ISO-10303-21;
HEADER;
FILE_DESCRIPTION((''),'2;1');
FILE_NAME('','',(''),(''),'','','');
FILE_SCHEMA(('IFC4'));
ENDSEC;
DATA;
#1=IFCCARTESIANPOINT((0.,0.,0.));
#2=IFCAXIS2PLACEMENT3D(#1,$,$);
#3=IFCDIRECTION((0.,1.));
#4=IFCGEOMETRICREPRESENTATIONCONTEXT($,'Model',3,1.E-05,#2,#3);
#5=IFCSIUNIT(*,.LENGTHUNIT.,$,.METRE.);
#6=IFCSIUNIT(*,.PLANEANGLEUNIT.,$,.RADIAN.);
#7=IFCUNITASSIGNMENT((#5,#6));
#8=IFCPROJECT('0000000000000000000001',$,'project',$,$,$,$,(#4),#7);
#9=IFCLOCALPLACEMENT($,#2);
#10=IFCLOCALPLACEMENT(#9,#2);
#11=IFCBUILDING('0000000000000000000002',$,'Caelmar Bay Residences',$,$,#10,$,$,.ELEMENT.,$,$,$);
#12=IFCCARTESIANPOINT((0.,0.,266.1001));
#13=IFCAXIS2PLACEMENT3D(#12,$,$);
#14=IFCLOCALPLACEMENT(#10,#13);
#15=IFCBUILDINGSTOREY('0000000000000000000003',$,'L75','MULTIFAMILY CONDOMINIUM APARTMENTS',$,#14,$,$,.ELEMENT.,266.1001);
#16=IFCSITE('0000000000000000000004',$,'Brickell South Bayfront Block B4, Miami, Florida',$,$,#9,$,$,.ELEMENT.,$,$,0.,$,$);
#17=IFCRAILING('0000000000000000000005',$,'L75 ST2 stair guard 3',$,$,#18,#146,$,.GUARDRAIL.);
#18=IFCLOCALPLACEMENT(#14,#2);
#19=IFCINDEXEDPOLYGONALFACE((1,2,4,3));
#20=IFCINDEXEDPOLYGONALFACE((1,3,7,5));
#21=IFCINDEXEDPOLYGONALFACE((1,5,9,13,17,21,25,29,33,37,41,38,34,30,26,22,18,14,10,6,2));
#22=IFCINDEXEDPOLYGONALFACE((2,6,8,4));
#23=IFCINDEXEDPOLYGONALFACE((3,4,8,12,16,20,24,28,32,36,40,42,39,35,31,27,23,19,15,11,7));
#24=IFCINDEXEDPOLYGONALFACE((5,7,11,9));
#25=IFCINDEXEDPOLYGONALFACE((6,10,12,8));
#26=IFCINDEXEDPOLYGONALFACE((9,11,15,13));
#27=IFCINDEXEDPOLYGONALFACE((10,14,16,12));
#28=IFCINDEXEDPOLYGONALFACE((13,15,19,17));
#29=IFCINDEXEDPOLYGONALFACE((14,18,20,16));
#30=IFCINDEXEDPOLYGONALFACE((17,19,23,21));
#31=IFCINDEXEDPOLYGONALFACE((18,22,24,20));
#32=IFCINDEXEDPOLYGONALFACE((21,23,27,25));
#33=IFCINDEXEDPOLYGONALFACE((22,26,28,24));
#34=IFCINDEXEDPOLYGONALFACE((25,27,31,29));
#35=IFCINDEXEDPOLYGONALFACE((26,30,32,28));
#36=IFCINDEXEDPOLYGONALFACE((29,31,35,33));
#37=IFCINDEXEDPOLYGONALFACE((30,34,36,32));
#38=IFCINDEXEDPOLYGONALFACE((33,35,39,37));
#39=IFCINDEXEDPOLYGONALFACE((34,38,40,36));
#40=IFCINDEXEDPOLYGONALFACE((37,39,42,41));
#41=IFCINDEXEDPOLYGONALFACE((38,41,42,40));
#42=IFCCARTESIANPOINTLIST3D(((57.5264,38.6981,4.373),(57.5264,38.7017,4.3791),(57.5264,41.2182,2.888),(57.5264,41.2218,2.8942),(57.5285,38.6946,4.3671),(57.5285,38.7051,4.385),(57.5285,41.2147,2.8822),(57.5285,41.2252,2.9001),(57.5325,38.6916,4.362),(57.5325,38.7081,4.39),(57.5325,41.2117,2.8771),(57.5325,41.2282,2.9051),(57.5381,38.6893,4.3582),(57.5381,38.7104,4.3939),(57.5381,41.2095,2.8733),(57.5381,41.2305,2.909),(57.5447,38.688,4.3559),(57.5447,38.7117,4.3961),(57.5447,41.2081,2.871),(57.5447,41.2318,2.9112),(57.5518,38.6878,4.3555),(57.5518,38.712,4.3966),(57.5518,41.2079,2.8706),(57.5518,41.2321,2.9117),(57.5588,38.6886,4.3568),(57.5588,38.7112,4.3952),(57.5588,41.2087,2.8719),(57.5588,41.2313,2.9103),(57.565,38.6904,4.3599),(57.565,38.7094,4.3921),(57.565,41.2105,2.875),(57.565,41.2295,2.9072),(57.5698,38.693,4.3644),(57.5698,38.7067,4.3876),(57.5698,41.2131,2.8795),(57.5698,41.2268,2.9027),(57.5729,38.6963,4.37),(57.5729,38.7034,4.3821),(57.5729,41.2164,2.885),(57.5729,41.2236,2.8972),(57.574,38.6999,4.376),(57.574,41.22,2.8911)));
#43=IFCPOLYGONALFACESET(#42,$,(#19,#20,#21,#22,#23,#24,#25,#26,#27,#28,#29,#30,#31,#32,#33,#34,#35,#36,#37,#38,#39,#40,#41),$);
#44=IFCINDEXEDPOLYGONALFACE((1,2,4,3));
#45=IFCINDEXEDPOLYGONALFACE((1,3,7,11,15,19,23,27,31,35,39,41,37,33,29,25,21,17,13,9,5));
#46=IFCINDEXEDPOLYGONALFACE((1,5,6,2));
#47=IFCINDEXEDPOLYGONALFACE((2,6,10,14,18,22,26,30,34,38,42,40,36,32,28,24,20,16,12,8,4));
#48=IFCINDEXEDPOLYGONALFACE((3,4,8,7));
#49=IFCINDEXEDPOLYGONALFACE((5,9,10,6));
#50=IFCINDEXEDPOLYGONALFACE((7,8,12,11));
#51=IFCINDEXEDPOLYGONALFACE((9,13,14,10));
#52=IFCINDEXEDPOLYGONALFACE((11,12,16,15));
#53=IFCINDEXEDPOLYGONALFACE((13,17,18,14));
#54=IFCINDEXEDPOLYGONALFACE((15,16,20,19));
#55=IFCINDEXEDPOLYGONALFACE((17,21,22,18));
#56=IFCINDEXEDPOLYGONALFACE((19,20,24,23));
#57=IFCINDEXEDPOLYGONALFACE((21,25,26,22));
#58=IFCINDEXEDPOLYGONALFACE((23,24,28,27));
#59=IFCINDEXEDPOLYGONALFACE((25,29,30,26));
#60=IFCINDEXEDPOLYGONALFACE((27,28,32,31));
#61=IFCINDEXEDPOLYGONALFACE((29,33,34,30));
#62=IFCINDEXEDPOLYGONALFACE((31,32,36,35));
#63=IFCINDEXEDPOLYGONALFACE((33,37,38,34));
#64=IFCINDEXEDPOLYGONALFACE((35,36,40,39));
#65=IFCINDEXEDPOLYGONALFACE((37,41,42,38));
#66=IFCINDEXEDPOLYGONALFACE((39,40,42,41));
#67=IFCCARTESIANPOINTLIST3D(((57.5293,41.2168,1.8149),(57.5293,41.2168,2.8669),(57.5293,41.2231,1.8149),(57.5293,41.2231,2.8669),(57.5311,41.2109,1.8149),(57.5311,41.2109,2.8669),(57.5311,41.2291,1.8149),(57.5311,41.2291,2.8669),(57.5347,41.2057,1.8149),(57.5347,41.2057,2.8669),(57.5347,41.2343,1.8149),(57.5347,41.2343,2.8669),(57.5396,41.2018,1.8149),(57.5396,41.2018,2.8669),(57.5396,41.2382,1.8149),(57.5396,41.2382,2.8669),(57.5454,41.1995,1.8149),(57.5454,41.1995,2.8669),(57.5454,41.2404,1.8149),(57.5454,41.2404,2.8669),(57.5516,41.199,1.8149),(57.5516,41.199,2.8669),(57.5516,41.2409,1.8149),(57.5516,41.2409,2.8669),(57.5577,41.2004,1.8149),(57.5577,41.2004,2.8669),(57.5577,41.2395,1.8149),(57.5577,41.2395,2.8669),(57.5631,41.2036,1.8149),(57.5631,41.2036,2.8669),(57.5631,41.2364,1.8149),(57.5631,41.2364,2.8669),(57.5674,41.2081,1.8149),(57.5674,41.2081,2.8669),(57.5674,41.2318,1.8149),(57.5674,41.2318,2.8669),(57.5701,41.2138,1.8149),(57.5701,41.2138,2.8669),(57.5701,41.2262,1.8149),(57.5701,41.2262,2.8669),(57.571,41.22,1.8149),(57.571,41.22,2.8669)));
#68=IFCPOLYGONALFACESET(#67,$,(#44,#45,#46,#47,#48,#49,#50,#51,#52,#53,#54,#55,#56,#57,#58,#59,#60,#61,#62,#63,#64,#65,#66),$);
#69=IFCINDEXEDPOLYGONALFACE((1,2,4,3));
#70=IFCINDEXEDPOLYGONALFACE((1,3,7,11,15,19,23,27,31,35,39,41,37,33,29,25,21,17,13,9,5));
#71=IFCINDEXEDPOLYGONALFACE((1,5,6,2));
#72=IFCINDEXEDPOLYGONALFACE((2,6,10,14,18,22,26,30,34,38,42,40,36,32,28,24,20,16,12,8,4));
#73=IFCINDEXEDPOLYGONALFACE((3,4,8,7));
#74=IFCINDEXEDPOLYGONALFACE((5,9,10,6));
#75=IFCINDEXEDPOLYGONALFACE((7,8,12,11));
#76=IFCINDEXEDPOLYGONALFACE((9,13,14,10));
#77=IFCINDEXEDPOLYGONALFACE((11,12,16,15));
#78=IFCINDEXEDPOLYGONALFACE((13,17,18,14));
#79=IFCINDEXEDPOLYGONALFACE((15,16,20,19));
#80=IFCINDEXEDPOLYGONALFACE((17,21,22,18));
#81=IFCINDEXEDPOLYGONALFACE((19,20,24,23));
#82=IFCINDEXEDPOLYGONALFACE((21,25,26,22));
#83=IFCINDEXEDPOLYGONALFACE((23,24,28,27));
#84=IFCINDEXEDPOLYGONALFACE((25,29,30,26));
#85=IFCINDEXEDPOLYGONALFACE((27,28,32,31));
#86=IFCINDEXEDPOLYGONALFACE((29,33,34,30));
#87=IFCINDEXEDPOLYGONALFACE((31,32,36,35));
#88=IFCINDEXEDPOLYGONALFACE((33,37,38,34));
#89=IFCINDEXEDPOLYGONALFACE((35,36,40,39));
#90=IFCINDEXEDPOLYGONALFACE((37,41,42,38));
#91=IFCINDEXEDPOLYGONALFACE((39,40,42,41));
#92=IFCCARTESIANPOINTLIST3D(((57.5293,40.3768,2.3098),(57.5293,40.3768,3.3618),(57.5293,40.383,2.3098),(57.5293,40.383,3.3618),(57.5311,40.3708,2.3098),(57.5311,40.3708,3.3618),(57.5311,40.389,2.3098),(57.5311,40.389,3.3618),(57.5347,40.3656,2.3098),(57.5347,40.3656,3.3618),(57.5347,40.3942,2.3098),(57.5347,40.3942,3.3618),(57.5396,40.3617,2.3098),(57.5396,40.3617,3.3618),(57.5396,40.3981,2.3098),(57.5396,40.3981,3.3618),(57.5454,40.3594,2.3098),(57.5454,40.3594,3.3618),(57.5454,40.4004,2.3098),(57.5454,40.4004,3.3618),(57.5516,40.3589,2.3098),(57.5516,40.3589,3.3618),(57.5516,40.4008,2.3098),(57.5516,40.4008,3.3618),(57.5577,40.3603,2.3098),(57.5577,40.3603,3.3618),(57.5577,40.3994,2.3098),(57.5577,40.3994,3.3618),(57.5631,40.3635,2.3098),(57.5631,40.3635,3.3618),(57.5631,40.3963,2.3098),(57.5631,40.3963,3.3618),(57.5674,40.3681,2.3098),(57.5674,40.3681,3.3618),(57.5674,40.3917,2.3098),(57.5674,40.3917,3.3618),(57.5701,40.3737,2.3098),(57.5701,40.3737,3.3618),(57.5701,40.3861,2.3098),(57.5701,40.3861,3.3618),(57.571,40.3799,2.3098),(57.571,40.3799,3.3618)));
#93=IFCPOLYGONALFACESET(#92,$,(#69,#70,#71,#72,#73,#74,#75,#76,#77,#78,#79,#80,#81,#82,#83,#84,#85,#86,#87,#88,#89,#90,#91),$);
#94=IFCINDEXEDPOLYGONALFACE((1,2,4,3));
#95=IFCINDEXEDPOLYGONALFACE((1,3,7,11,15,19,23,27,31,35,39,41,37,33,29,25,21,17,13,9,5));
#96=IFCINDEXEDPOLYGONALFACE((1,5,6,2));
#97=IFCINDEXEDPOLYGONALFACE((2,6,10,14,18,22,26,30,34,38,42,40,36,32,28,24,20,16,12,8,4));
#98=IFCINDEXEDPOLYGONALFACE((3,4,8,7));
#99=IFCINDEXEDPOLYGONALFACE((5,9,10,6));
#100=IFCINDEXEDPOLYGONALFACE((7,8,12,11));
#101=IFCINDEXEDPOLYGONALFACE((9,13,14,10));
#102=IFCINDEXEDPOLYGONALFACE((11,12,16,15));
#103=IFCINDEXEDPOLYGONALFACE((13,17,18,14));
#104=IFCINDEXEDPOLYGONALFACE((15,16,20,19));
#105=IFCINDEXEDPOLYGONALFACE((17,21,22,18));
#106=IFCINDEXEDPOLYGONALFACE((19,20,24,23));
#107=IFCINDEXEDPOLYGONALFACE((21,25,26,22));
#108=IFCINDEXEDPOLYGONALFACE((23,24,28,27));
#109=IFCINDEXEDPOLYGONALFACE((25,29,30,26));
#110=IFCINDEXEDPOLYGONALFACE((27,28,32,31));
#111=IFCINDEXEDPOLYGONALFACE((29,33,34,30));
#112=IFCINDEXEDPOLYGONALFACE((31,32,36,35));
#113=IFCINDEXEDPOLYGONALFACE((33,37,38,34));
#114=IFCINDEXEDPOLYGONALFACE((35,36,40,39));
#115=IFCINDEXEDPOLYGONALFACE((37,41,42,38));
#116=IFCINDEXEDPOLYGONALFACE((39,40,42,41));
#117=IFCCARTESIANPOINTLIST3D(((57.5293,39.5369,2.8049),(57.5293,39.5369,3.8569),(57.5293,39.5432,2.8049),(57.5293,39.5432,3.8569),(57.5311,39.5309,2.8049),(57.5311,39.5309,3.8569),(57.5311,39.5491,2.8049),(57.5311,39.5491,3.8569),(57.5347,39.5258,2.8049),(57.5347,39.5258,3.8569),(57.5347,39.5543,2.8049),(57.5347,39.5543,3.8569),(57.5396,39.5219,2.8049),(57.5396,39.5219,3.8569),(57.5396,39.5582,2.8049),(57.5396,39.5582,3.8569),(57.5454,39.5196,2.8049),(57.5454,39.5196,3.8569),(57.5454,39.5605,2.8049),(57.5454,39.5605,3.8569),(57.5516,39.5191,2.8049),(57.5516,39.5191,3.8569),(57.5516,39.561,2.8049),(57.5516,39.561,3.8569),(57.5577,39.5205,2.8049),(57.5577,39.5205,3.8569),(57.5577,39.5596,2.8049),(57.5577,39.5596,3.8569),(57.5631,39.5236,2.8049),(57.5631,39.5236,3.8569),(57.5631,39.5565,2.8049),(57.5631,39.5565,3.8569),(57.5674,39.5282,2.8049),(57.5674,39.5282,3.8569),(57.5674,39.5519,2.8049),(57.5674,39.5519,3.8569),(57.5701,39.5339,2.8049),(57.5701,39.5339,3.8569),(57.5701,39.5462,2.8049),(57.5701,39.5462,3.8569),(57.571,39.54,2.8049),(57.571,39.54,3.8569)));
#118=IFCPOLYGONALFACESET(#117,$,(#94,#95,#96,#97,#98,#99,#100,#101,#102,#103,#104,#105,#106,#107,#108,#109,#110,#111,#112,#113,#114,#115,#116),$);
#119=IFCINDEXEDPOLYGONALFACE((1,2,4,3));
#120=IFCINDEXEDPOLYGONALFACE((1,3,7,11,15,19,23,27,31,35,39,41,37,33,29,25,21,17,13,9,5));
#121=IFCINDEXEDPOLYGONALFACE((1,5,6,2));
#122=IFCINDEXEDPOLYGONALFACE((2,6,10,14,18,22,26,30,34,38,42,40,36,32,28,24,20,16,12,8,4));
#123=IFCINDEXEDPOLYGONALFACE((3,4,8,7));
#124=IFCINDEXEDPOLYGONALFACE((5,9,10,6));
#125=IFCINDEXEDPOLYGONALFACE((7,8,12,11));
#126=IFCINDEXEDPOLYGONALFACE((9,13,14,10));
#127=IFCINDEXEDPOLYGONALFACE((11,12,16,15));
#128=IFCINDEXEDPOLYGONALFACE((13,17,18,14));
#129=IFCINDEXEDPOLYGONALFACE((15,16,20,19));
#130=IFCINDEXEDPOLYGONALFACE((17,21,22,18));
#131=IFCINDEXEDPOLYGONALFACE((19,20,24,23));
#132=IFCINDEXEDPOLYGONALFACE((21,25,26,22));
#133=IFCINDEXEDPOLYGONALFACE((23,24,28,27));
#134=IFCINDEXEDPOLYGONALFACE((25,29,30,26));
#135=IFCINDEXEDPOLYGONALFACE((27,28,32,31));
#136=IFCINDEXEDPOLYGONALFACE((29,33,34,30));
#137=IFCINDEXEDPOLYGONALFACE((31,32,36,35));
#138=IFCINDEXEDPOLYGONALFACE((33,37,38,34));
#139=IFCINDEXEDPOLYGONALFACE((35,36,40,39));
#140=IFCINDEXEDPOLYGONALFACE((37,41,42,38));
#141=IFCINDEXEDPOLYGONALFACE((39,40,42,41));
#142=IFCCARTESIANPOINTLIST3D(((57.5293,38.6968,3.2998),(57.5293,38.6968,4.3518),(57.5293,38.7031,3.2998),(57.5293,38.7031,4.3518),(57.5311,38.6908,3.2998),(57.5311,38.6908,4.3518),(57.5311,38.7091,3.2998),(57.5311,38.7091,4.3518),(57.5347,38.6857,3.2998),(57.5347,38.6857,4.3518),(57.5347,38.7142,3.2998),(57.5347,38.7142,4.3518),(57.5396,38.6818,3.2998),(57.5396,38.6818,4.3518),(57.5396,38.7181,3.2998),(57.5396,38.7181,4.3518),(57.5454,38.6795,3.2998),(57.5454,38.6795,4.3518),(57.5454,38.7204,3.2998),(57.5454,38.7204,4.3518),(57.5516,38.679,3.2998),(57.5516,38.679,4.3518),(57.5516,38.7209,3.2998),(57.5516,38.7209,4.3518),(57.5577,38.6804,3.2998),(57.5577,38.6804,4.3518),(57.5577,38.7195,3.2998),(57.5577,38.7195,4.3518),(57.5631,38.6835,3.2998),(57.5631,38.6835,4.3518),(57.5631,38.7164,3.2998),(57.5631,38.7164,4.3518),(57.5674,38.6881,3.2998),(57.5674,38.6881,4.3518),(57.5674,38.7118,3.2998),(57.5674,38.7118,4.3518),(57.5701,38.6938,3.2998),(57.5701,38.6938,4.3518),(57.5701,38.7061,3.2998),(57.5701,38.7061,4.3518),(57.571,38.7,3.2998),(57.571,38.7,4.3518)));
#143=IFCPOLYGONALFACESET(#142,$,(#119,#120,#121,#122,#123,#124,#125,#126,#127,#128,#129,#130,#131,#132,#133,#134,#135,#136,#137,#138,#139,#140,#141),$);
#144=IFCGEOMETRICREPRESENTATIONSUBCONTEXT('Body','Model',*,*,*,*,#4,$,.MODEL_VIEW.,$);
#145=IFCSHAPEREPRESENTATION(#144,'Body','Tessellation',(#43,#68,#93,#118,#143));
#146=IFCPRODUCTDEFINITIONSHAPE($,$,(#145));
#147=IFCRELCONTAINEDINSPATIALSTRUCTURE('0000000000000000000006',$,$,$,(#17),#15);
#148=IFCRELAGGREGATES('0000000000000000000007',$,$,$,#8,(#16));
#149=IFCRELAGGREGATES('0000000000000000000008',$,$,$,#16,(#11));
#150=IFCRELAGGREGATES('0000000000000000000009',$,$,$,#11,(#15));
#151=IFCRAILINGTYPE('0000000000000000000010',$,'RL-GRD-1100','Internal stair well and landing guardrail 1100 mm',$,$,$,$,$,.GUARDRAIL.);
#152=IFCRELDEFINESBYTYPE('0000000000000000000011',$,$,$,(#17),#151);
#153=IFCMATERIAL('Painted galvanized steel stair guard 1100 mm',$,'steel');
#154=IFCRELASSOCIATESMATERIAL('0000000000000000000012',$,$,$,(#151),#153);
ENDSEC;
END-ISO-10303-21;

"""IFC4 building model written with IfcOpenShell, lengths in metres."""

from ifc_helpers import new_model, si_unit, direction, frame, origin, origin_2d, place, context, subcontext, project, spatial, circle, extrude, material, type_object, element, save


model = new_model("IFC4")

# Units and contexts
model_context = context("Model", 3, precision=1e-05, world=origin(), true_north=direction((0.0, 1.0)))
body_context = subcontext(model_context, "Body", "Model", "MODEL_VIEW")
ifc_project = project(units=[si_unit("LENGTHUNIT", "METRE"), si_unit("PLANEANGLEUNIT", "RADIAN")], contexts=[model_context])

# Site, building, storey
site_placement = place(None, origin())
site = spatial("IfcSite", under=ifc_project, at=site_placement, Name="Brickell South Bayfront Block B4, Miami, Florida", CompositionType="ELEMENT", RefElevation=0.0)
building_placement = place(site_placement, origin())
building = spatial("IfcBuilding", under=site, at=building_placement, Name="Caelmar Bay Residences", CompositionType="ELEMENT")
storey_placement = place(building_placement, frame((0.0, 0.0, 266.1001)))
storey = spatial("IfcBuildingStorey", under=building, at=storey_placement, Name="L75", Description="MULTIFAMILY CONDOMINIUM APARTMENTS", CompositionType="ELEMENT", Elevation=266.1001)

# Railing
ifc_material_1 = material(Name="Painted galvanized steel stair guard 1100 mm", Category="steel")
railing_type_1 = type_object("IfcRailingType", Name="RL-GRD-1100", Description="Internal stair well and landing guardrail 1100 mm", PredefinedType="GUARDRAIL", material=ifc_material_1)
railing_1_placement = place(storey_placement, frame((57.55, 41.22, 1.8149)))
element("IfcRailing", 1, at=railing_1_placement, inside=storey, type_object=railing_type_1, Name="L75 ST2 stair guard 3", PredefinedType="GUARDRAIL", context=body_context, shape_type="SweptSolid", body=[
    extrude(circle(Radius=0.0239, at=origin_2d()), frame((0.0, 0.0, 1.0762), z_axis=(0.0, -0.861561, 0.507655), x_axis=(1.0, 0.0, 0.0)), (0.0, 0.0, 1.0), 2.925),
    extrude(circle(Radius=0.021, at=origin_2d()), origin(), (0.0, 0.0, 1.0), 1.052),
    extrude(circle(Radius=0.021, at=origin_2d()), frame((0.0, -0.8401, 0.4949)), (0.0, 0.0, 1.0), 1.052),
    extrude(circle(Radius=0.021, at=origin_2d()), frame((0.0, -1.6799, 0.99)), (0.0, 0.0, 1.0), 1.052),
    extrude(circle(Radius=0.021, at=origin_2d()), frame((0.0, -2.52, 1.4849)), (0.0, 0.0, 1.0), 1.052),
])

save(model, "model.ifc")
